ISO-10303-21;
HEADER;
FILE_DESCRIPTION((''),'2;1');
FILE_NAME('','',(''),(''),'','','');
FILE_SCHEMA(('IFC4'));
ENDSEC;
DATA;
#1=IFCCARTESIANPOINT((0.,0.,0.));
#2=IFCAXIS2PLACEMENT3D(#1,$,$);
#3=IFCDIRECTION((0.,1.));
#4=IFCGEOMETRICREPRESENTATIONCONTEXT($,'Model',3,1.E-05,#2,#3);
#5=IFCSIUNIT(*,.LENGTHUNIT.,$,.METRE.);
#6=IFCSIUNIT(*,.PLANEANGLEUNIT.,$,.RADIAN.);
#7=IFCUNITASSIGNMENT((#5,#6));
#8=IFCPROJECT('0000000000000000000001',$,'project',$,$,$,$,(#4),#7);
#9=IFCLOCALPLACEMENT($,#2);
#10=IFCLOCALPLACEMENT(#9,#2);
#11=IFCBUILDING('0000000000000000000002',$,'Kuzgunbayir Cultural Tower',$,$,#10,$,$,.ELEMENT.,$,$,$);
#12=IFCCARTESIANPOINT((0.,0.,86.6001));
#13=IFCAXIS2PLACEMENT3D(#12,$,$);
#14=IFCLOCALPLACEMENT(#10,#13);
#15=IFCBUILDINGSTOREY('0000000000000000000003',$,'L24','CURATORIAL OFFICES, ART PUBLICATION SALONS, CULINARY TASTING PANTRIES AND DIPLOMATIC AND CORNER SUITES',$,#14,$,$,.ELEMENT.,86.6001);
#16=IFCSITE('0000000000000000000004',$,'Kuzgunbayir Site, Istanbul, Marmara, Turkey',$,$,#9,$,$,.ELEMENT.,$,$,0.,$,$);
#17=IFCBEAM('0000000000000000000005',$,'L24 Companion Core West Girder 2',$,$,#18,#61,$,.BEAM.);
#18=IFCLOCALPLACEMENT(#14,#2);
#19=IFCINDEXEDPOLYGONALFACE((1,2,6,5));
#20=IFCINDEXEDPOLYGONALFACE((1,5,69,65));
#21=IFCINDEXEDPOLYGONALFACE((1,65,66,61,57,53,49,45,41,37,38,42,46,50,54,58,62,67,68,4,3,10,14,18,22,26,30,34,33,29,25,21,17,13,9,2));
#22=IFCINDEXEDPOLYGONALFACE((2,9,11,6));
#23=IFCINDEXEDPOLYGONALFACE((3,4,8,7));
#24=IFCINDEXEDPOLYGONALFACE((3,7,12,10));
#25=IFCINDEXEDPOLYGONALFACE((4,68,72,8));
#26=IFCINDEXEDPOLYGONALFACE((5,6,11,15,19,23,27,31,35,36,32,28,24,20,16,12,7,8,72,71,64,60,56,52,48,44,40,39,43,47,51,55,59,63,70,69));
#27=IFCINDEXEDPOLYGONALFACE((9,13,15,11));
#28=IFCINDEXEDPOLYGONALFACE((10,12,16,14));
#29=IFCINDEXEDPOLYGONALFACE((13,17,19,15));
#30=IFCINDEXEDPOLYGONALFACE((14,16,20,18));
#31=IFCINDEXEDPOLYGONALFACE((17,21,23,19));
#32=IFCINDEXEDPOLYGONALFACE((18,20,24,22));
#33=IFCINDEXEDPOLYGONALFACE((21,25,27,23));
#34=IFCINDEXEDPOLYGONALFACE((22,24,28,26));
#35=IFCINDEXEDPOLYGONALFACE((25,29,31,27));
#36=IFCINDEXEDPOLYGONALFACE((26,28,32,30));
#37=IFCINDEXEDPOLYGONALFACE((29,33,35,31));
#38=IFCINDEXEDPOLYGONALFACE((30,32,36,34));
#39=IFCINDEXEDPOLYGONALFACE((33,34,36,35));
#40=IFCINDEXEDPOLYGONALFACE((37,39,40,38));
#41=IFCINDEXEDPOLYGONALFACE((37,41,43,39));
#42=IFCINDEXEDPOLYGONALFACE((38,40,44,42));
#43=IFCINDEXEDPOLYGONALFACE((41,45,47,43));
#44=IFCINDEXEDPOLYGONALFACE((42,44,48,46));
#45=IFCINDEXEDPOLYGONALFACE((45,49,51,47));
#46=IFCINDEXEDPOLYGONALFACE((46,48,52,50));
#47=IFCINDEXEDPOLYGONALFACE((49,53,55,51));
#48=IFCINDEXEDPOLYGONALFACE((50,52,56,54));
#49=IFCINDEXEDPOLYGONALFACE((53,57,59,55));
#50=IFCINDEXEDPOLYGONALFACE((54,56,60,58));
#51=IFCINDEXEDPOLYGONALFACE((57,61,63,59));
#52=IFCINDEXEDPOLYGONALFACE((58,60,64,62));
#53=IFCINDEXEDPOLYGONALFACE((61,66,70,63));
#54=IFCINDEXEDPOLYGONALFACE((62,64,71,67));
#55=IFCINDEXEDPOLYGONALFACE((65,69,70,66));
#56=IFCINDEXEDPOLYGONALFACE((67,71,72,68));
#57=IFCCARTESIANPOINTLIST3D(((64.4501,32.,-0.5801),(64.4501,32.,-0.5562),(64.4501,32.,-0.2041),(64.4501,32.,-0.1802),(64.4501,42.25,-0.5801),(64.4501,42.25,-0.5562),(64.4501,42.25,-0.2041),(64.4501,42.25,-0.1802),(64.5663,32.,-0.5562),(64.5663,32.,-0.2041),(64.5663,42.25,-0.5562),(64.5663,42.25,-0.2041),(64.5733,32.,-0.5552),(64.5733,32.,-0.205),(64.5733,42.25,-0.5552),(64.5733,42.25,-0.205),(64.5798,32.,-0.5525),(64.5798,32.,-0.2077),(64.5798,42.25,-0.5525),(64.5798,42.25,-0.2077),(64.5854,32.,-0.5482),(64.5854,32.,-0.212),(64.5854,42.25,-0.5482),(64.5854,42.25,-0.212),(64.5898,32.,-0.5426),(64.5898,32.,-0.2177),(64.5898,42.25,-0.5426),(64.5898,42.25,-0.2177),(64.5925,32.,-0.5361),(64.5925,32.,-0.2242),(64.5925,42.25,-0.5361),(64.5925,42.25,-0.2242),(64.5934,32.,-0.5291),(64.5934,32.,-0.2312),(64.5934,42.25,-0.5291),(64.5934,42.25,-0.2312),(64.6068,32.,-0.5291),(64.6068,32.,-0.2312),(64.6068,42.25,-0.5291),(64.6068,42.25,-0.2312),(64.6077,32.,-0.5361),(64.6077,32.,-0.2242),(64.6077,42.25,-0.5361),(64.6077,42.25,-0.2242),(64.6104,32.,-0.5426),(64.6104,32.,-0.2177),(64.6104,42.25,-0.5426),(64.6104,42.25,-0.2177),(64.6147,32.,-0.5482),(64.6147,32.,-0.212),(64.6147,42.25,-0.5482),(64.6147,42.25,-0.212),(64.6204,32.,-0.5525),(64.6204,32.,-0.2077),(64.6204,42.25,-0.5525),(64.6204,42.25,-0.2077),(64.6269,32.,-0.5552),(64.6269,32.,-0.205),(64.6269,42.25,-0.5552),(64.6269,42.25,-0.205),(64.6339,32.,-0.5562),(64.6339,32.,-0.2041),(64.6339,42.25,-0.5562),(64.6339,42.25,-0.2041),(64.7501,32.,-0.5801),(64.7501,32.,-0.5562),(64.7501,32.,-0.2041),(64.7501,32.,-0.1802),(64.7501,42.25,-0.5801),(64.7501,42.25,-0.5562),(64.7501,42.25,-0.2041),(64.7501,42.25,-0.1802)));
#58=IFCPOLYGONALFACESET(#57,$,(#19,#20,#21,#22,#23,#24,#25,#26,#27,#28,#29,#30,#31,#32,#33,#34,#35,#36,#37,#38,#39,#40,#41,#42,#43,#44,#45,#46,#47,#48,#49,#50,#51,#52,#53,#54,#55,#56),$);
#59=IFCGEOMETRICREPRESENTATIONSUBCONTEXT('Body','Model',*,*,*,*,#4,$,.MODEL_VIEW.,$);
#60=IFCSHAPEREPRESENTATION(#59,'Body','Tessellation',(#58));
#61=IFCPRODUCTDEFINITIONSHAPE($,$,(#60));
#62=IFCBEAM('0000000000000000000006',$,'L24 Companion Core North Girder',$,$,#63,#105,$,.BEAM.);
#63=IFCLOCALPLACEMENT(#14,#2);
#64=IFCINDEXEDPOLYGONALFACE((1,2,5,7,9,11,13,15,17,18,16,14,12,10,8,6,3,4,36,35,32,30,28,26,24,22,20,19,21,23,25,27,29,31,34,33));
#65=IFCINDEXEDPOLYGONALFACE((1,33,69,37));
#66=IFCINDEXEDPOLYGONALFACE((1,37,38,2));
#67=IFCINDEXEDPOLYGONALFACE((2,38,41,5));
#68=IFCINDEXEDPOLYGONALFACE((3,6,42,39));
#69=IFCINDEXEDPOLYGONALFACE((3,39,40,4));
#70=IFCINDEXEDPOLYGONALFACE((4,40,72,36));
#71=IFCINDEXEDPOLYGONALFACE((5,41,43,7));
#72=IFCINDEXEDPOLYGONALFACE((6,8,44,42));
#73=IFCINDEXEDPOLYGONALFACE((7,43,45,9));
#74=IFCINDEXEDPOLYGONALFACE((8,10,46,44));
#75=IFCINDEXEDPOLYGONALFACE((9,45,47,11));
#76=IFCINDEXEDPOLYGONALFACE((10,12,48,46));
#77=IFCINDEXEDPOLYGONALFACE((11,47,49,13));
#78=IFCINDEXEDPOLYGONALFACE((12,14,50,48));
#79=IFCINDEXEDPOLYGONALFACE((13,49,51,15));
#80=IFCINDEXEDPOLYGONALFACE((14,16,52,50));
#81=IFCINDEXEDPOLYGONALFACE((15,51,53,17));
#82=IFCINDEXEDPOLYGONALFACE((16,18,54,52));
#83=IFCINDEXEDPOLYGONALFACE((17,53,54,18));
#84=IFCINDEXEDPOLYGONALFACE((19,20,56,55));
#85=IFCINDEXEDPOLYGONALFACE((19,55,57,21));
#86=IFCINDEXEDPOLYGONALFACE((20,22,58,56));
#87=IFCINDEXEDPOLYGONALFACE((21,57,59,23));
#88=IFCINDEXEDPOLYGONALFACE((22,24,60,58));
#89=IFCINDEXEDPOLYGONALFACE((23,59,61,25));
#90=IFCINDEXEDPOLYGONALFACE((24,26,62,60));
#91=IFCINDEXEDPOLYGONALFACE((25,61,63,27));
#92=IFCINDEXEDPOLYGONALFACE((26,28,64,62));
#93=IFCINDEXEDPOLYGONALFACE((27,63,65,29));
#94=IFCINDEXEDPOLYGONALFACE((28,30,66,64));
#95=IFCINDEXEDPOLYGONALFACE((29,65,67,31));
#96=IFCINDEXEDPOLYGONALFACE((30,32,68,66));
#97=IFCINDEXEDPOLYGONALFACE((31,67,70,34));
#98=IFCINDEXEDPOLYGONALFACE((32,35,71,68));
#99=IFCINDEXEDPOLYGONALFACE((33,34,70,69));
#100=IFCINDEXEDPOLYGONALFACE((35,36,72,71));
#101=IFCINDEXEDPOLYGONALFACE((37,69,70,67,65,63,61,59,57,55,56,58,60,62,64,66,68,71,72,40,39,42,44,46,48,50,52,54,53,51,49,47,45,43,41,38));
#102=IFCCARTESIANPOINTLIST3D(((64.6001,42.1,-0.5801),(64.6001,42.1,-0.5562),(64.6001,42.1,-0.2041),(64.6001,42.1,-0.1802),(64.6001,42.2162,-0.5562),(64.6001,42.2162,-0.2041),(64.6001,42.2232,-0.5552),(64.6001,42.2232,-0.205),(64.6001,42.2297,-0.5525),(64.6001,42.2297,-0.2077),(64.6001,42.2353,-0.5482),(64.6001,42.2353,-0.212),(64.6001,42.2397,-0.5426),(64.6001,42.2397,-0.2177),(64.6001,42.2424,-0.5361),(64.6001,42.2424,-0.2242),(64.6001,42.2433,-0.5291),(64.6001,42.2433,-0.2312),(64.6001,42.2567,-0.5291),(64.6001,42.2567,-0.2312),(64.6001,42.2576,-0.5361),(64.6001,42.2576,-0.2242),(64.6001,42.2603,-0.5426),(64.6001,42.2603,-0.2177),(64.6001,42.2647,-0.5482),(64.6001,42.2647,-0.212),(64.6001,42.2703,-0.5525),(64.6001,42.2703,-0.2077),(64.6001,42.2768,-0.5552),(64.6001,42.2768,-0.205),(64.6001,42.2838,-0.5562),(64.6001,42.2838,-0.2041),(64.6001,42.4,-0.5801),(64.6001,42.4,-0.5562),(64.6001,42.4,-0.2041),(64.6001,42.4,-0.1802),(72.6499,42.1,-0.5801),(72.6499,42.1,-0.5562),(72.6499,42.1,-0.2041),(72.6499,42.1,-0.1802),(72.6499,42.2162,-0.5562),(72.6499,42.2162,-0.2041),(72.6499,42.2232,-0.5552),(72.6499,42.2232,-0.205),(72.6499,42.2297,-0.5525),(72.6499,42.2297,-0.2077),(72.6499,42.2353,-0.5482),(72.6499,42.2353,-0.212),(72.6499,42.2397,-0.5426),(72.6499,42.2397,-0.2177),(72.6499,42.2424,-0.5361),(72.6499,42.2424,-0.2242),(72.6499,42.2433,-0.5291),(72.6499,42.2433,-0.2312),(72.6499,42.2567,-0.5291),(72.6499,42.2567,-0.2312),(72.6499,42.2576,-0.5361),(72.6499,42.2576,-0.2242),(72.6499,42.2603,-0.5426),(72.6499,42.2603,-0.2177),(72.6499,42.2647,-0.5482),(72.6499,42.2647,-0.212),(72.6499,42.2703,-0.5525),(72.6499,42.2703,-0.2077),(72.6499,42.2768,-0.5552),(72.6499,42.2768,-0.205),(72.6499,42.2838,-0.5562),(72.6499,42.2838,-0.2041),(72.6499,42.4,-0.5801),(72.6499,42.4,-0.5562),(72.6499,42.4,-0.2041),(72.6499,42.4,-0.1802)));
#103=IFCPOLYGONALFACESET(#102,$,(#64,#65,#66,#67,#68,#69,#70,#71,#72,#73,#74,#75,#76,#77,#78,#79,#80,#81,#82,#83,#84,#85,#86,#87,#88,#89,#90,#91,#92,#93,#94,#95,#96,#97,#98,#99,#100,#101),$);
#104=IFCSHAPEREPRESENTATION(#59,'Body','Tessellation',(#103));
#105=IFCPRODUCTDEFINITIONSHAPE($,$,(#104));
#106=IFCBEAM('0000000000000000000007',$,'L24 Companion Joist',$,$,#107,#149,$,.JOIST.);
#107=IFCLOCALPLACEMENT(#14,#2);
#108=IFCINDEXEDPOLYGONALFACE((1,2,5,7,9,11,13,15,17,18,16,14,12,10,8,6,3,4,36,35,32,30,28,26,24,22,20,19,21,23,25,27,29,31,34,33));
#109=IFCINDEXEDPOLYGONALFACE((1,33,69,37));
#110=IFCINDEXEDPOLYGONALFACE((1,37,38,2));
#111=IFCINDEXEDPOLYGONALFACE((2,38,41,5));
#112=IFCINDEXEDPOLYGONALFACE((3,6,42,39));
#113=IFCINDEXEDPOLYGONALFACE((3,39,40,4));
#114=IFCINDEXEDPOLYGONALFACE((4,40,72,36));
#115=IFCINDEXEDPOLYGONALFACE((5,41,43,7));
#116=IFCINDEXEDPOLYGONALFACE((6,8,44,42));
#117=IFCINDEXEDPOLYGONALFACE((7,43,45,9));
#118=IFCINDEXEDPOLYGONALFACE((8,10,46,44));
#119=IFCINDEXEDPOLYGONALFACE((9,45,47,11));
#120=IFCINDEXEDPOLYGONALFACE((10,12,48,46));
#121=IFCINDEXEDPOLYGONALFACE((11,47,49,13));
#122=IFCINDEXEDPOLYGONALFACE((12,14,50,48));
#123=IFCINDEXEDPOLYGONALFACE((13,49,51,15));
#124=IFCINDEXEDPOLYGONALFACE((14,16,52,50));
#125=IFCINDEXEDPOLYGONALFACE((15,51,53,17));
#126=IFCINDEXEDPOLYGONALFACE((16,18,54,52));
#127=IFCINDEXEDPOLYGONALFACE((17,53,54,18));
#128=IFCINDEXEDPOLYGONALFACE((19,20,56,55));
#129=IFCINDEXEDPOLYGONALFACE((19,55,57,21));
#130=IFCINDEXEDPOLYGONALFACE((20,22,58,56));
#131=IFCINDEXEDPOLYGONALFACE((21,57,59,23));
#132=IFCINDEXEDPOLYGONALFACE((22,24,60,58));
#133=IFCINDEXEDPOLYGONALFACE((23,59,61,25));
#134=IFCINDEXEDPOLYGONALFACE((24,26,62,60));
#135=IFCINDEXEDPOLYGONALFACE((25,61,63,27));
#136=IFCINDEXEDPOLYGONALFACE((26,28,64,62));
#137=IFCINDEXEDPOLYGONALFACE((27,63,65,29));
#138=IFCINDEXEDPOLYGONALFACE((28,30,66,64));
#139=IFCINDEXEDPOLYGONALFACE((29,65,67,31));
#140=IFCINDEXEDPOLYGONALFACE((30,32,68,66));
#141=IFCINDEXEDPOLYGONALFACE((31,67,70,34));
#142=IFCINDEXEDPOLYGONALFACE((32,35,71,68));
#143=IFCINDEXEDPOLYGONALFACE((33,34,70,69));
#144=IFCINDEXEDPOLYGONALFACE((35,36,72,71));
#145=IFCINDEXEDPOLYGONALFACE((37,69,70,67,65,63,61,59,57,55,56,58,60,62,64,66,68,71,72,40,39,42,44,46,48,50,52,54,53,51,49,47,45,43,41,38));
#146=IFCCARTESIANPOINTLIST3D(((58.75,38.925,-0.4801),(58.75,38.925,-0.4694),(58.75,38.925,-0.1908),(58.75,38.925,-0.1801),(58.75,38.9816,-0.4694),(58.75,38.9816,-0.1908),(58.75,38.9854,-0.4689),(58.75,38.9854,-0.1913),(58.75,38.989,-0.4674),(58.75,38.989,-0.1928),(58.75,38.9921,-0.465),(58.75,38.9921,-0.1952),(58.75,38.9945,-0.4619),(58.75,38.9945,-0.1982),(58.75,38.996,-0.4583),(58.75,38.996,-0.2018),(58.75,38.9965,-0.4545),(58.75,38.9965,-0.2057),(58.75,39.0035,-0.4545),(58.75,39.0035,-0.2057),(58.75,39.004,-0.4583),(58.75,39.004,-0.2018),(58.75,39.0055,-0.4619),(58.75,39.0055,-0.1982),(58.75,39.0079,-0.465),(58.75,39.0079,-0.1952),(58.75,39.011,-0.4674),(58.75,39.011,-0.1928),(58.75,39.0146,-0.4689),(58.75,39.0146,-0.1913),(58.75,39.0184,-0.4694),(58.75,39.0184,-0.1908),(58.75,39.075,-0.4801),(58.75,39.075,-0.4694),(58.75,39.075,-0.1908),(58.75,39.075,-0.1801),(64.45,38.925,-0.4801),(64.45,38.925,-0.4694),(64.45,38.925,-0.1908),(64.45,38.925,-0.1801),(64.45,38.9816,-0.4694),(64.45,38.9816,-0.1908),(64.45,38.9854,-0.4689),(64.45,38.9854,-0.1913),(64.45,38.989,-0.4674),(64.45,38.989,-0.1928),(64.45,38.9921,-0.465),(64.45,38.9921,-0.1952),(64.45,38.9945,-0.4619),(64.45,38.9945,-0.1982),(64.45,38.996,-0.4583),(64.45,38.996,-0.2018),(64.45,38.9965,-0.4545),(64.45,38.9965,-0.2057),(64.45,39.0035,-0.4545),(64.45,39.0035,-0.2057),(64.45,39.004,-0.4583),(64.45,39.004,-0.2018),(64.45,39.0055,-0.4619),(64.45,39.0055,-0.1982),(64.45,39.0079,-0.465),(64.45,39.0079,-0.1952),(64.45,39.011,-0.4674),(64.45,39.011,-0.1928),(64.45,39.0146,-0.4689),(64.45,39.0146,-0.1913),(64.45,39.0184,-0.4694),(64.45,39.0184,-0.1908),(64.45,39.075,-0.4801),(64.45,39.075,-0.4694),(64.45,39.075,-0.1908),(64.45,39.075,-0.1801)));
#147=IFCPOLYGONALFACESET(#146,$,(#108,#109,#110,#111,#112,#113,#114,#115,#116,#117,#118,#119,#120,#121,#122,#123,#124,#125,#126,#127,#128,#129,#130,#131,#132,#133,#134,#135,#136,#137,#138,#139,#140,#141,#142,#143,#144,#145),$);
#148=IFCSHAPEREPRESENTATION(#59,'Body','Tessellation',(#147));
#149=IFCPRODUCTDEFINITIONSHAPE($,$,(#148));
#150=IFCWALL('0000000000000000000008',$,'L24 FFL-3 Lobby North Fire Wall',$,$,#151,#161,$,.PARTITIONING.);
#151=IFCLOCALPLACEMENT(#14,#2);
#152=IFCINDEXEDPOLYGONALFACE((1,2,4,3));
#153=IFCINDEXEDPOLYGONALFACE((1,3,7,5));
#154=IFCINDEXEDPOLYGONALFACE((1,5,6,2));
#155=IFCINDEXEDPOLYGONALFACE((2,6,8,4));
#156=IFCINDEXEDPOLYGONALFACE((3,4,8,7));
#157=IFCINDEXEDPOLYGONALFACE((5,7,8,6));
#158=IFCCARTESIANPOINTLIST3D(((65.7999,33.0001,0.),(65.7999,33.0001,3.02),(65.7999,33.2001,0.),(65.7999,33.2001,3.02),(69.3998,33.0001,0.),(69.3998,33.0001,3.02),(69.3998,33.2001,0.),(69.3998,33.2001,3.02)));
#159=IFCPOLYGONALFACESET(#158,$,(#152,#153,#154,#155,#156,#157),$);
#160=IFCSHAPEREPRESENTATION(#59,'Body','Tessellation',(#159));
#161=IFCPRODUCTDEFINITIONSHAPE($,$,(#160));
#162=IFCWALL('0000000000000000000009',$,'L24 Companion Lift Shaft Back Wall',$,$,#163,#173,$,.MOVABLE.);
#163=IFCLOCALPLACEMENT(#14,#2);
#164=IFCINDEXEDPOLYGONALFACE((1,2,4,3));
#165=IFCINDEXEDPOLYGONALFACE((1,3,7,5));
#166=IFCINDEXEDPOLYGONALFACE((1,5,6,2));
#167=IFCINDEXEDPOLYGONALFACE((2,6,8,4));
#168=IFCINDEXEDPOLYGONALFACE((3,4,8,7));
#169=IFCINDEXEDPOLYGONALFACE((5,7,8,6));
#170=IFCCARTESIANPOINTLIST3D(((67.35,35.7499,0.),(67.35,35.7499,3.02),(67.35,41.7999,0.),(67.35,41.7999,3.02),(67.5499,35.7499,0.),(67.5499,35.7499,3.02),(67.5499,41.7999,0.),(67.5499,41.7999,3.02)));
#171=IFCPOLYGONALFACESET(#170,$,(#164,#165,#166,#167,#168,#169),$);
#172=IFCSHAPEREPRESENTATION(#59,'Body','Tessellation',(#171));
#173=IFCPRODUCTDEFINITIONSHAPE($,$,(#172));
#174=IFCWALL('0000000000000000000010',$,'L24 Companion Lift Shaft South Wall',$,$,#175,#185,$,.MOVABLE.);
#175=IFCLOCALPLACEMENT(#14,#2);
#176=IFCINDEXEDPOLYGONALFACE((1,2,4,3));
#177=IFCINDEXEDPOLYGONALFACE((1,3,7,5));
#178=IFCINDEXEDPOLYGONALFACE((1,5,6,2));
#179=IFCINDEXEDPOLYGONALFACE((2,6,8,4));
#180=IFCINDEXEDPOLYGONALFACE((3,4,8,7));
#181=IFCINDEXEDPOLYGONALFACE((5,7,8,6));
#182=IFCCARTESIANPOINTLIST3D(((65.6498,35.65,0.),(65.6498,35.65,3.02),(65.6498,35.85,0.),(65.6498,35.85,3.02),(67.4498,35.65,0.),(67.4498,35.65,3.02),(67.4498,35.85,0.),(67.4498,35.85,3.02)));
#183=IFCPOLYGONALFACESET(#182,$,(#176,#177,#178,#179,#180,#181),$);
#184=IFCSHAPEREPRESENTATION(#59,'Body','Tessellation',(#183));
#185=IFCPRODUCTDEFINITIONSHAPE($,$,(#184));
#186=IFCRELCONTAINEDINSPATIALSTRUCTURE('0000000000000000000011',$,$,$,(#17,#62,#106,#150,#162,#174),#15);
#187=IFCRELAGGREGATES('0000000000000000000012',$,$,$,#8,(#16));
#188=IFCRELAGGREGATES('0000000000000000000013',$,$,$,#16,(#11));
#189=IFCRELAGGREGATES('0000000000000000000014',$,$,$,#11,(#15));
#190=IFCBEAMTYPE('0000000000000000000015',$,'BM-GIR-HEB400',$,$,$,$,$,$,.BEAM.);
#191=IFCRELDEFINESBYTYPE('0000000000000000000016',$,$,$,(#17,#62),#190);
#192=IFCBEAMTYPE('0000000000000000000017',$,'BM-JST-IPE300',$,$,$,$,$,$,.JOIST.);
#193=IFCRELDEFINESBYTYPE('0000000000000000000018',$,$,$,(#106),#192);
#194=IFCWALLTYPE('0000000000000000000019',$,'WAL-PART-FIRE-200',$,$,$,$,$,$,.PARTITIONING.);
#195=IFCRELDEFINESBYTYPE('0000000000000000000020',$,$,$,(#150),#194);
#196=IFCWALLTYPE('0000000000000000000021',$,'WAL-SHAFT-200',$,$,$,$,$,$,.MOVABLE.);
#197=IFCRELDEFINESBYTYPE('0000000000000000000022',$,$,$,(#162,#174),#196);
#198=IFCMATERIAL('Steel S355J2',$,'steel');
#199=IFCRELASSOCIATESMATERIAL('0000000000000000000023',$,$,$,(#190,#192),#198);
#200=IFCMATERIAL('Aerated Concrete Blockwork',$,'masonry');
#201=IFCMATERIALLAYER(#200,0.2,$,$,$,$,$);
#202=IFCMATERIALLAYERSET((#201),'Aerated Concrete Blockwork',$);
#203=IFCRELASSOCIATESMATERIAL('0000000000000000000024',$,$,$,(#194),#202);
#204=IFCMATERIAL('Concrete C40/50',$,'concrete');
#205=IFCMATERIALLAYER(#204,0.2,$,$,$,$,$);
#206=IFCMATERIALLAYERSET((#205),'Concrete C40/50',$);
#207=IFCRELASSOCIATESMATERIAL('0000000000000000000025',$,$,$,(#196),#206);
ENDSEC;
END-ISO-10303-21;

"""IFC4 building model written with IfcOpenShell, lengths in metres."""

from ifc_helpers import new_model, si_unit, direction, frame, frame_2d, origin, origin_2d, place, context, subcontext, project, spatial, rectangle, i_section, extrude, material, layer, layer_set, material_profile, profile_set, type_object, element, save


model = new_model("IFC4")

# Units and contexts
model_context = context("Model", 3, precision=1e-05, world=origin(), true_north=direction((0.0, 1.0)))
body_context = subcontext(model_context, "Body", "Model", "MODEL_VIEW")
ifc_project = project(units=[si_unit("LENGTHUNIT", "METRE"), si_unit("PLANEANGLEUNIT", "RADIAN")], contexts=[model_context])

# Site, building, storey
site_placement = place(None, origin())
site = spatial("IfcSite", under=ifc_project, at=site_placement, Name="Kuzgunbayir Site, Istanbul, Marmara, Turkey", CompositionType="ELEMENT", RefElevation=0.0)
building_placement = place(site_placement, origin())
building = spatial("IfcBuilding", under=site, at=building_placement, Name="Kuzgunbayir Cultural Tower", CompositionType="ELEMENT")
storey_placement = place(building_placement, frame((0.0, 0.0, 86.6001)))
storey = spatial("IfcBuildingStorey", under=building, at=storey_placement, Name="L24", Description="CURATORIAL OFFICES, ART PUBLICATION SALONS, CULINARY TASTING PANTRIES AND DIPLOMATIC AND CORNER SUITES", CompositionType="ELEMENT", Elevation=86.6001)

# Beams
ifc_material_1 = material(Name="Steel S355J2", Category="steel")
ifc_material_profile_1 = material_profile(ifc_material_1, i_section(OverallWidth=0.3, OverallDepth=0.3999, WebThickness=0.0134, FlangeThickness=0.0239, FilletRadius=0.0271, at=origin_2d()), Name="HEB 400")
ifc_profile_set_1 = profile_set([ifc_material_profile_1], Name="Steel S355J2")
beam_type_1 = type_object("IfcBeamType", Name="BM-GIR-HEB400", PredefinedType="BEAM", material=ifc_profile_set_1)
beam_1_placement = place(storey_placement, frame((64.6001, 32.0, -0.3801), z_axis=(0.0, 1.0, 0.0), x_axis=(-1.0, 0.0, 0.0)))
element("IfcBeam", 1, at=beam_1_placement, inside=storey, type_object=beam_type_1, Name="L24 Companion Core West Girder 2", PredefinedType="BEAM", context=body_context, shape_type="SweptSolid", body=[
    extrude(i_section(OverallWidth=0.3, OverallDepth=0.3999, WebThickness=0.0134, FlangeThickness=0.0239, FilletRadius=0.0271, at=origin_2d()), origin(), (0.0, 0.0, 1.0), 10.25),
])
beam_2_placement = place(storey_placement, frame((64.6001, 42.25, -0.3801), z_axis=(1.0, 0.0, 0.0), x_axis=(0.0, 1.0, 0.0)))
element("IfcBeam", 2, at=beam_2_placement, inside=storey, type_object=beam_type_1, Name="L24 Companion Core North Girder", PredefinedType="BEAM", context=body_context, shape_type="SweptSolid", body=[
    extrude(i_section(OverallWidth=0.3, OverallDepth=0.3999, WebThickness=0.0134, FlangeThickness=0.0239, FilletRadius=0.0271, at=origin_2d()), origin(), (0.0, 0.0, 1.0), 8.0498),
])
ifc_material_profile_2 = material_profile(ifc_material_1, i_section(OverallWidth=0.1499, OverallDepth=0.3, WebThickness=0.0071, FlangeThickness=0.0107, FilletRadius=0.0149, at=origin_2d()), Name="IPE 300")
ifc_profile_set_2 = profile_set([ifc_material_profile_2], Name="Steel S355J2")
beam_type_2 = type_object("IfcBeamType", Name="BM-JST-IPE300", PredefinedType="JOIST", material=ifc_profile_set_2)
beam_3_placement = place(storey_placement, frame((58.75, 39.0, -0.3301), z_axis=(1.0, 0.0, 0.0), x_axis=(0.0, 1.0, 0.0)))
element("IfcBeam", 3, at=beam_3_placement, inside=storey, type_object=beam_type_2, Name="L24 Companion Joist", PredefinedType="JOIST", context=body_context, shape_type="SweptSolid", body=[
    extrude(i_section(OverallWidth=0.1499, OverallDepth=0.3, WebThickness=0.0071, FlangeThickness=0.0107, FilletRadius=0.0149, at=origin_2d()), origin(), (0.0, 0.0, 1.0), 5.7),
])

# Wall
ifc_material_2 = material(Name="Aerated Concrete Blockwork", Category="masonry")
ifc_layer_1 = layer(ifc_material_2, 0.2)
ifc_layer_set_1 = layer_set([ifc_layer_1], Name="Aerated Concrete Blockwork")
wall_type_1 = type_object("IfcWallType", Name="WAL-PART-FIRE-200", PredefinedType="PARTITIONING", material=ifc_layer_set_1)
wall_1_placement = place(storey_placement, frame((65.8, 33.1001, 0.0), z_axis=(0.0, 0.0, 1.0), x_axis=(1.0, 0.0, 0.0)))
element("IfcWall", 4, at=wall_1_placement, inside=storey, type_object=wall_type_1, Name="L24 FFL-3 Lobby North Fire Wall", PredefinedType="PARTITIONING", context=body_context, shape_type="SweptSolid", body=[
    extrude(rectangle(XDim=3.5999, YDim=0.2, at=frame_2d((1.7998, 0.0))), origin(), (0.0, 0.0, 1.0), 3.02),
])

# Shared definitions
ifc_material_3 = material(Name="Concrete C40/50", Category="concrete")
ifc_layer_2 = layer(ifc_material_3, 0.2)
ifc_layer_set_2 = layer_set([ifc_layer_2], Name="Concrete C40/50")
wall_type_2 = type_object("IfcWallType", Name="WAL-SHAFT-200", PredefinedType="MOVABLE", material=ifc_layer_set_2)

# Walls
wall_2_placement = place(storey_placement, frame((67.45, 35.75, 0.0), z_axis=(0.0, 0.0, 1.0), x_axis=(0.0, 1.0, 0.0)))
element("IfcWall", 5, at=wall_2_placement, inside=storey, type_object=wall_type_2, Name="L24 Companion Lift Shaft Back Wall", PredefinedType="MOVABLE", context=body_context, shape_type="SweptSolid", body=[
    extrude(rectangle(XDim=6.05, YDim=0.2, at=frame_2d((3.0249, 0.0))), origin(), (0.0, 0.0, 1.0), 3.02),
])
wall_3_placement = place(storey_placement, frame((65.6499, 35.75, 0.0), z_axis=(0.0, 0.0, 1.0), x_axis=(1.0, 0.0, 0.0)))
element("IfcWall", 6, at=wall_3_placement, inside=storey, type_object=wall_type_2, Name="L24 Companion Lift Shaft South Wall", PredefinedType="MOVABLE", context=body_context, shape_type="SweptSolid", body=[
    extrude(rectangle(XDim=1.8, YDim=0.2, at=frame_2d((0.8999, 0.0))), origin(), (0.0, 0.0, 1.0), 3.02),
])

save(model, "model.ifc")
